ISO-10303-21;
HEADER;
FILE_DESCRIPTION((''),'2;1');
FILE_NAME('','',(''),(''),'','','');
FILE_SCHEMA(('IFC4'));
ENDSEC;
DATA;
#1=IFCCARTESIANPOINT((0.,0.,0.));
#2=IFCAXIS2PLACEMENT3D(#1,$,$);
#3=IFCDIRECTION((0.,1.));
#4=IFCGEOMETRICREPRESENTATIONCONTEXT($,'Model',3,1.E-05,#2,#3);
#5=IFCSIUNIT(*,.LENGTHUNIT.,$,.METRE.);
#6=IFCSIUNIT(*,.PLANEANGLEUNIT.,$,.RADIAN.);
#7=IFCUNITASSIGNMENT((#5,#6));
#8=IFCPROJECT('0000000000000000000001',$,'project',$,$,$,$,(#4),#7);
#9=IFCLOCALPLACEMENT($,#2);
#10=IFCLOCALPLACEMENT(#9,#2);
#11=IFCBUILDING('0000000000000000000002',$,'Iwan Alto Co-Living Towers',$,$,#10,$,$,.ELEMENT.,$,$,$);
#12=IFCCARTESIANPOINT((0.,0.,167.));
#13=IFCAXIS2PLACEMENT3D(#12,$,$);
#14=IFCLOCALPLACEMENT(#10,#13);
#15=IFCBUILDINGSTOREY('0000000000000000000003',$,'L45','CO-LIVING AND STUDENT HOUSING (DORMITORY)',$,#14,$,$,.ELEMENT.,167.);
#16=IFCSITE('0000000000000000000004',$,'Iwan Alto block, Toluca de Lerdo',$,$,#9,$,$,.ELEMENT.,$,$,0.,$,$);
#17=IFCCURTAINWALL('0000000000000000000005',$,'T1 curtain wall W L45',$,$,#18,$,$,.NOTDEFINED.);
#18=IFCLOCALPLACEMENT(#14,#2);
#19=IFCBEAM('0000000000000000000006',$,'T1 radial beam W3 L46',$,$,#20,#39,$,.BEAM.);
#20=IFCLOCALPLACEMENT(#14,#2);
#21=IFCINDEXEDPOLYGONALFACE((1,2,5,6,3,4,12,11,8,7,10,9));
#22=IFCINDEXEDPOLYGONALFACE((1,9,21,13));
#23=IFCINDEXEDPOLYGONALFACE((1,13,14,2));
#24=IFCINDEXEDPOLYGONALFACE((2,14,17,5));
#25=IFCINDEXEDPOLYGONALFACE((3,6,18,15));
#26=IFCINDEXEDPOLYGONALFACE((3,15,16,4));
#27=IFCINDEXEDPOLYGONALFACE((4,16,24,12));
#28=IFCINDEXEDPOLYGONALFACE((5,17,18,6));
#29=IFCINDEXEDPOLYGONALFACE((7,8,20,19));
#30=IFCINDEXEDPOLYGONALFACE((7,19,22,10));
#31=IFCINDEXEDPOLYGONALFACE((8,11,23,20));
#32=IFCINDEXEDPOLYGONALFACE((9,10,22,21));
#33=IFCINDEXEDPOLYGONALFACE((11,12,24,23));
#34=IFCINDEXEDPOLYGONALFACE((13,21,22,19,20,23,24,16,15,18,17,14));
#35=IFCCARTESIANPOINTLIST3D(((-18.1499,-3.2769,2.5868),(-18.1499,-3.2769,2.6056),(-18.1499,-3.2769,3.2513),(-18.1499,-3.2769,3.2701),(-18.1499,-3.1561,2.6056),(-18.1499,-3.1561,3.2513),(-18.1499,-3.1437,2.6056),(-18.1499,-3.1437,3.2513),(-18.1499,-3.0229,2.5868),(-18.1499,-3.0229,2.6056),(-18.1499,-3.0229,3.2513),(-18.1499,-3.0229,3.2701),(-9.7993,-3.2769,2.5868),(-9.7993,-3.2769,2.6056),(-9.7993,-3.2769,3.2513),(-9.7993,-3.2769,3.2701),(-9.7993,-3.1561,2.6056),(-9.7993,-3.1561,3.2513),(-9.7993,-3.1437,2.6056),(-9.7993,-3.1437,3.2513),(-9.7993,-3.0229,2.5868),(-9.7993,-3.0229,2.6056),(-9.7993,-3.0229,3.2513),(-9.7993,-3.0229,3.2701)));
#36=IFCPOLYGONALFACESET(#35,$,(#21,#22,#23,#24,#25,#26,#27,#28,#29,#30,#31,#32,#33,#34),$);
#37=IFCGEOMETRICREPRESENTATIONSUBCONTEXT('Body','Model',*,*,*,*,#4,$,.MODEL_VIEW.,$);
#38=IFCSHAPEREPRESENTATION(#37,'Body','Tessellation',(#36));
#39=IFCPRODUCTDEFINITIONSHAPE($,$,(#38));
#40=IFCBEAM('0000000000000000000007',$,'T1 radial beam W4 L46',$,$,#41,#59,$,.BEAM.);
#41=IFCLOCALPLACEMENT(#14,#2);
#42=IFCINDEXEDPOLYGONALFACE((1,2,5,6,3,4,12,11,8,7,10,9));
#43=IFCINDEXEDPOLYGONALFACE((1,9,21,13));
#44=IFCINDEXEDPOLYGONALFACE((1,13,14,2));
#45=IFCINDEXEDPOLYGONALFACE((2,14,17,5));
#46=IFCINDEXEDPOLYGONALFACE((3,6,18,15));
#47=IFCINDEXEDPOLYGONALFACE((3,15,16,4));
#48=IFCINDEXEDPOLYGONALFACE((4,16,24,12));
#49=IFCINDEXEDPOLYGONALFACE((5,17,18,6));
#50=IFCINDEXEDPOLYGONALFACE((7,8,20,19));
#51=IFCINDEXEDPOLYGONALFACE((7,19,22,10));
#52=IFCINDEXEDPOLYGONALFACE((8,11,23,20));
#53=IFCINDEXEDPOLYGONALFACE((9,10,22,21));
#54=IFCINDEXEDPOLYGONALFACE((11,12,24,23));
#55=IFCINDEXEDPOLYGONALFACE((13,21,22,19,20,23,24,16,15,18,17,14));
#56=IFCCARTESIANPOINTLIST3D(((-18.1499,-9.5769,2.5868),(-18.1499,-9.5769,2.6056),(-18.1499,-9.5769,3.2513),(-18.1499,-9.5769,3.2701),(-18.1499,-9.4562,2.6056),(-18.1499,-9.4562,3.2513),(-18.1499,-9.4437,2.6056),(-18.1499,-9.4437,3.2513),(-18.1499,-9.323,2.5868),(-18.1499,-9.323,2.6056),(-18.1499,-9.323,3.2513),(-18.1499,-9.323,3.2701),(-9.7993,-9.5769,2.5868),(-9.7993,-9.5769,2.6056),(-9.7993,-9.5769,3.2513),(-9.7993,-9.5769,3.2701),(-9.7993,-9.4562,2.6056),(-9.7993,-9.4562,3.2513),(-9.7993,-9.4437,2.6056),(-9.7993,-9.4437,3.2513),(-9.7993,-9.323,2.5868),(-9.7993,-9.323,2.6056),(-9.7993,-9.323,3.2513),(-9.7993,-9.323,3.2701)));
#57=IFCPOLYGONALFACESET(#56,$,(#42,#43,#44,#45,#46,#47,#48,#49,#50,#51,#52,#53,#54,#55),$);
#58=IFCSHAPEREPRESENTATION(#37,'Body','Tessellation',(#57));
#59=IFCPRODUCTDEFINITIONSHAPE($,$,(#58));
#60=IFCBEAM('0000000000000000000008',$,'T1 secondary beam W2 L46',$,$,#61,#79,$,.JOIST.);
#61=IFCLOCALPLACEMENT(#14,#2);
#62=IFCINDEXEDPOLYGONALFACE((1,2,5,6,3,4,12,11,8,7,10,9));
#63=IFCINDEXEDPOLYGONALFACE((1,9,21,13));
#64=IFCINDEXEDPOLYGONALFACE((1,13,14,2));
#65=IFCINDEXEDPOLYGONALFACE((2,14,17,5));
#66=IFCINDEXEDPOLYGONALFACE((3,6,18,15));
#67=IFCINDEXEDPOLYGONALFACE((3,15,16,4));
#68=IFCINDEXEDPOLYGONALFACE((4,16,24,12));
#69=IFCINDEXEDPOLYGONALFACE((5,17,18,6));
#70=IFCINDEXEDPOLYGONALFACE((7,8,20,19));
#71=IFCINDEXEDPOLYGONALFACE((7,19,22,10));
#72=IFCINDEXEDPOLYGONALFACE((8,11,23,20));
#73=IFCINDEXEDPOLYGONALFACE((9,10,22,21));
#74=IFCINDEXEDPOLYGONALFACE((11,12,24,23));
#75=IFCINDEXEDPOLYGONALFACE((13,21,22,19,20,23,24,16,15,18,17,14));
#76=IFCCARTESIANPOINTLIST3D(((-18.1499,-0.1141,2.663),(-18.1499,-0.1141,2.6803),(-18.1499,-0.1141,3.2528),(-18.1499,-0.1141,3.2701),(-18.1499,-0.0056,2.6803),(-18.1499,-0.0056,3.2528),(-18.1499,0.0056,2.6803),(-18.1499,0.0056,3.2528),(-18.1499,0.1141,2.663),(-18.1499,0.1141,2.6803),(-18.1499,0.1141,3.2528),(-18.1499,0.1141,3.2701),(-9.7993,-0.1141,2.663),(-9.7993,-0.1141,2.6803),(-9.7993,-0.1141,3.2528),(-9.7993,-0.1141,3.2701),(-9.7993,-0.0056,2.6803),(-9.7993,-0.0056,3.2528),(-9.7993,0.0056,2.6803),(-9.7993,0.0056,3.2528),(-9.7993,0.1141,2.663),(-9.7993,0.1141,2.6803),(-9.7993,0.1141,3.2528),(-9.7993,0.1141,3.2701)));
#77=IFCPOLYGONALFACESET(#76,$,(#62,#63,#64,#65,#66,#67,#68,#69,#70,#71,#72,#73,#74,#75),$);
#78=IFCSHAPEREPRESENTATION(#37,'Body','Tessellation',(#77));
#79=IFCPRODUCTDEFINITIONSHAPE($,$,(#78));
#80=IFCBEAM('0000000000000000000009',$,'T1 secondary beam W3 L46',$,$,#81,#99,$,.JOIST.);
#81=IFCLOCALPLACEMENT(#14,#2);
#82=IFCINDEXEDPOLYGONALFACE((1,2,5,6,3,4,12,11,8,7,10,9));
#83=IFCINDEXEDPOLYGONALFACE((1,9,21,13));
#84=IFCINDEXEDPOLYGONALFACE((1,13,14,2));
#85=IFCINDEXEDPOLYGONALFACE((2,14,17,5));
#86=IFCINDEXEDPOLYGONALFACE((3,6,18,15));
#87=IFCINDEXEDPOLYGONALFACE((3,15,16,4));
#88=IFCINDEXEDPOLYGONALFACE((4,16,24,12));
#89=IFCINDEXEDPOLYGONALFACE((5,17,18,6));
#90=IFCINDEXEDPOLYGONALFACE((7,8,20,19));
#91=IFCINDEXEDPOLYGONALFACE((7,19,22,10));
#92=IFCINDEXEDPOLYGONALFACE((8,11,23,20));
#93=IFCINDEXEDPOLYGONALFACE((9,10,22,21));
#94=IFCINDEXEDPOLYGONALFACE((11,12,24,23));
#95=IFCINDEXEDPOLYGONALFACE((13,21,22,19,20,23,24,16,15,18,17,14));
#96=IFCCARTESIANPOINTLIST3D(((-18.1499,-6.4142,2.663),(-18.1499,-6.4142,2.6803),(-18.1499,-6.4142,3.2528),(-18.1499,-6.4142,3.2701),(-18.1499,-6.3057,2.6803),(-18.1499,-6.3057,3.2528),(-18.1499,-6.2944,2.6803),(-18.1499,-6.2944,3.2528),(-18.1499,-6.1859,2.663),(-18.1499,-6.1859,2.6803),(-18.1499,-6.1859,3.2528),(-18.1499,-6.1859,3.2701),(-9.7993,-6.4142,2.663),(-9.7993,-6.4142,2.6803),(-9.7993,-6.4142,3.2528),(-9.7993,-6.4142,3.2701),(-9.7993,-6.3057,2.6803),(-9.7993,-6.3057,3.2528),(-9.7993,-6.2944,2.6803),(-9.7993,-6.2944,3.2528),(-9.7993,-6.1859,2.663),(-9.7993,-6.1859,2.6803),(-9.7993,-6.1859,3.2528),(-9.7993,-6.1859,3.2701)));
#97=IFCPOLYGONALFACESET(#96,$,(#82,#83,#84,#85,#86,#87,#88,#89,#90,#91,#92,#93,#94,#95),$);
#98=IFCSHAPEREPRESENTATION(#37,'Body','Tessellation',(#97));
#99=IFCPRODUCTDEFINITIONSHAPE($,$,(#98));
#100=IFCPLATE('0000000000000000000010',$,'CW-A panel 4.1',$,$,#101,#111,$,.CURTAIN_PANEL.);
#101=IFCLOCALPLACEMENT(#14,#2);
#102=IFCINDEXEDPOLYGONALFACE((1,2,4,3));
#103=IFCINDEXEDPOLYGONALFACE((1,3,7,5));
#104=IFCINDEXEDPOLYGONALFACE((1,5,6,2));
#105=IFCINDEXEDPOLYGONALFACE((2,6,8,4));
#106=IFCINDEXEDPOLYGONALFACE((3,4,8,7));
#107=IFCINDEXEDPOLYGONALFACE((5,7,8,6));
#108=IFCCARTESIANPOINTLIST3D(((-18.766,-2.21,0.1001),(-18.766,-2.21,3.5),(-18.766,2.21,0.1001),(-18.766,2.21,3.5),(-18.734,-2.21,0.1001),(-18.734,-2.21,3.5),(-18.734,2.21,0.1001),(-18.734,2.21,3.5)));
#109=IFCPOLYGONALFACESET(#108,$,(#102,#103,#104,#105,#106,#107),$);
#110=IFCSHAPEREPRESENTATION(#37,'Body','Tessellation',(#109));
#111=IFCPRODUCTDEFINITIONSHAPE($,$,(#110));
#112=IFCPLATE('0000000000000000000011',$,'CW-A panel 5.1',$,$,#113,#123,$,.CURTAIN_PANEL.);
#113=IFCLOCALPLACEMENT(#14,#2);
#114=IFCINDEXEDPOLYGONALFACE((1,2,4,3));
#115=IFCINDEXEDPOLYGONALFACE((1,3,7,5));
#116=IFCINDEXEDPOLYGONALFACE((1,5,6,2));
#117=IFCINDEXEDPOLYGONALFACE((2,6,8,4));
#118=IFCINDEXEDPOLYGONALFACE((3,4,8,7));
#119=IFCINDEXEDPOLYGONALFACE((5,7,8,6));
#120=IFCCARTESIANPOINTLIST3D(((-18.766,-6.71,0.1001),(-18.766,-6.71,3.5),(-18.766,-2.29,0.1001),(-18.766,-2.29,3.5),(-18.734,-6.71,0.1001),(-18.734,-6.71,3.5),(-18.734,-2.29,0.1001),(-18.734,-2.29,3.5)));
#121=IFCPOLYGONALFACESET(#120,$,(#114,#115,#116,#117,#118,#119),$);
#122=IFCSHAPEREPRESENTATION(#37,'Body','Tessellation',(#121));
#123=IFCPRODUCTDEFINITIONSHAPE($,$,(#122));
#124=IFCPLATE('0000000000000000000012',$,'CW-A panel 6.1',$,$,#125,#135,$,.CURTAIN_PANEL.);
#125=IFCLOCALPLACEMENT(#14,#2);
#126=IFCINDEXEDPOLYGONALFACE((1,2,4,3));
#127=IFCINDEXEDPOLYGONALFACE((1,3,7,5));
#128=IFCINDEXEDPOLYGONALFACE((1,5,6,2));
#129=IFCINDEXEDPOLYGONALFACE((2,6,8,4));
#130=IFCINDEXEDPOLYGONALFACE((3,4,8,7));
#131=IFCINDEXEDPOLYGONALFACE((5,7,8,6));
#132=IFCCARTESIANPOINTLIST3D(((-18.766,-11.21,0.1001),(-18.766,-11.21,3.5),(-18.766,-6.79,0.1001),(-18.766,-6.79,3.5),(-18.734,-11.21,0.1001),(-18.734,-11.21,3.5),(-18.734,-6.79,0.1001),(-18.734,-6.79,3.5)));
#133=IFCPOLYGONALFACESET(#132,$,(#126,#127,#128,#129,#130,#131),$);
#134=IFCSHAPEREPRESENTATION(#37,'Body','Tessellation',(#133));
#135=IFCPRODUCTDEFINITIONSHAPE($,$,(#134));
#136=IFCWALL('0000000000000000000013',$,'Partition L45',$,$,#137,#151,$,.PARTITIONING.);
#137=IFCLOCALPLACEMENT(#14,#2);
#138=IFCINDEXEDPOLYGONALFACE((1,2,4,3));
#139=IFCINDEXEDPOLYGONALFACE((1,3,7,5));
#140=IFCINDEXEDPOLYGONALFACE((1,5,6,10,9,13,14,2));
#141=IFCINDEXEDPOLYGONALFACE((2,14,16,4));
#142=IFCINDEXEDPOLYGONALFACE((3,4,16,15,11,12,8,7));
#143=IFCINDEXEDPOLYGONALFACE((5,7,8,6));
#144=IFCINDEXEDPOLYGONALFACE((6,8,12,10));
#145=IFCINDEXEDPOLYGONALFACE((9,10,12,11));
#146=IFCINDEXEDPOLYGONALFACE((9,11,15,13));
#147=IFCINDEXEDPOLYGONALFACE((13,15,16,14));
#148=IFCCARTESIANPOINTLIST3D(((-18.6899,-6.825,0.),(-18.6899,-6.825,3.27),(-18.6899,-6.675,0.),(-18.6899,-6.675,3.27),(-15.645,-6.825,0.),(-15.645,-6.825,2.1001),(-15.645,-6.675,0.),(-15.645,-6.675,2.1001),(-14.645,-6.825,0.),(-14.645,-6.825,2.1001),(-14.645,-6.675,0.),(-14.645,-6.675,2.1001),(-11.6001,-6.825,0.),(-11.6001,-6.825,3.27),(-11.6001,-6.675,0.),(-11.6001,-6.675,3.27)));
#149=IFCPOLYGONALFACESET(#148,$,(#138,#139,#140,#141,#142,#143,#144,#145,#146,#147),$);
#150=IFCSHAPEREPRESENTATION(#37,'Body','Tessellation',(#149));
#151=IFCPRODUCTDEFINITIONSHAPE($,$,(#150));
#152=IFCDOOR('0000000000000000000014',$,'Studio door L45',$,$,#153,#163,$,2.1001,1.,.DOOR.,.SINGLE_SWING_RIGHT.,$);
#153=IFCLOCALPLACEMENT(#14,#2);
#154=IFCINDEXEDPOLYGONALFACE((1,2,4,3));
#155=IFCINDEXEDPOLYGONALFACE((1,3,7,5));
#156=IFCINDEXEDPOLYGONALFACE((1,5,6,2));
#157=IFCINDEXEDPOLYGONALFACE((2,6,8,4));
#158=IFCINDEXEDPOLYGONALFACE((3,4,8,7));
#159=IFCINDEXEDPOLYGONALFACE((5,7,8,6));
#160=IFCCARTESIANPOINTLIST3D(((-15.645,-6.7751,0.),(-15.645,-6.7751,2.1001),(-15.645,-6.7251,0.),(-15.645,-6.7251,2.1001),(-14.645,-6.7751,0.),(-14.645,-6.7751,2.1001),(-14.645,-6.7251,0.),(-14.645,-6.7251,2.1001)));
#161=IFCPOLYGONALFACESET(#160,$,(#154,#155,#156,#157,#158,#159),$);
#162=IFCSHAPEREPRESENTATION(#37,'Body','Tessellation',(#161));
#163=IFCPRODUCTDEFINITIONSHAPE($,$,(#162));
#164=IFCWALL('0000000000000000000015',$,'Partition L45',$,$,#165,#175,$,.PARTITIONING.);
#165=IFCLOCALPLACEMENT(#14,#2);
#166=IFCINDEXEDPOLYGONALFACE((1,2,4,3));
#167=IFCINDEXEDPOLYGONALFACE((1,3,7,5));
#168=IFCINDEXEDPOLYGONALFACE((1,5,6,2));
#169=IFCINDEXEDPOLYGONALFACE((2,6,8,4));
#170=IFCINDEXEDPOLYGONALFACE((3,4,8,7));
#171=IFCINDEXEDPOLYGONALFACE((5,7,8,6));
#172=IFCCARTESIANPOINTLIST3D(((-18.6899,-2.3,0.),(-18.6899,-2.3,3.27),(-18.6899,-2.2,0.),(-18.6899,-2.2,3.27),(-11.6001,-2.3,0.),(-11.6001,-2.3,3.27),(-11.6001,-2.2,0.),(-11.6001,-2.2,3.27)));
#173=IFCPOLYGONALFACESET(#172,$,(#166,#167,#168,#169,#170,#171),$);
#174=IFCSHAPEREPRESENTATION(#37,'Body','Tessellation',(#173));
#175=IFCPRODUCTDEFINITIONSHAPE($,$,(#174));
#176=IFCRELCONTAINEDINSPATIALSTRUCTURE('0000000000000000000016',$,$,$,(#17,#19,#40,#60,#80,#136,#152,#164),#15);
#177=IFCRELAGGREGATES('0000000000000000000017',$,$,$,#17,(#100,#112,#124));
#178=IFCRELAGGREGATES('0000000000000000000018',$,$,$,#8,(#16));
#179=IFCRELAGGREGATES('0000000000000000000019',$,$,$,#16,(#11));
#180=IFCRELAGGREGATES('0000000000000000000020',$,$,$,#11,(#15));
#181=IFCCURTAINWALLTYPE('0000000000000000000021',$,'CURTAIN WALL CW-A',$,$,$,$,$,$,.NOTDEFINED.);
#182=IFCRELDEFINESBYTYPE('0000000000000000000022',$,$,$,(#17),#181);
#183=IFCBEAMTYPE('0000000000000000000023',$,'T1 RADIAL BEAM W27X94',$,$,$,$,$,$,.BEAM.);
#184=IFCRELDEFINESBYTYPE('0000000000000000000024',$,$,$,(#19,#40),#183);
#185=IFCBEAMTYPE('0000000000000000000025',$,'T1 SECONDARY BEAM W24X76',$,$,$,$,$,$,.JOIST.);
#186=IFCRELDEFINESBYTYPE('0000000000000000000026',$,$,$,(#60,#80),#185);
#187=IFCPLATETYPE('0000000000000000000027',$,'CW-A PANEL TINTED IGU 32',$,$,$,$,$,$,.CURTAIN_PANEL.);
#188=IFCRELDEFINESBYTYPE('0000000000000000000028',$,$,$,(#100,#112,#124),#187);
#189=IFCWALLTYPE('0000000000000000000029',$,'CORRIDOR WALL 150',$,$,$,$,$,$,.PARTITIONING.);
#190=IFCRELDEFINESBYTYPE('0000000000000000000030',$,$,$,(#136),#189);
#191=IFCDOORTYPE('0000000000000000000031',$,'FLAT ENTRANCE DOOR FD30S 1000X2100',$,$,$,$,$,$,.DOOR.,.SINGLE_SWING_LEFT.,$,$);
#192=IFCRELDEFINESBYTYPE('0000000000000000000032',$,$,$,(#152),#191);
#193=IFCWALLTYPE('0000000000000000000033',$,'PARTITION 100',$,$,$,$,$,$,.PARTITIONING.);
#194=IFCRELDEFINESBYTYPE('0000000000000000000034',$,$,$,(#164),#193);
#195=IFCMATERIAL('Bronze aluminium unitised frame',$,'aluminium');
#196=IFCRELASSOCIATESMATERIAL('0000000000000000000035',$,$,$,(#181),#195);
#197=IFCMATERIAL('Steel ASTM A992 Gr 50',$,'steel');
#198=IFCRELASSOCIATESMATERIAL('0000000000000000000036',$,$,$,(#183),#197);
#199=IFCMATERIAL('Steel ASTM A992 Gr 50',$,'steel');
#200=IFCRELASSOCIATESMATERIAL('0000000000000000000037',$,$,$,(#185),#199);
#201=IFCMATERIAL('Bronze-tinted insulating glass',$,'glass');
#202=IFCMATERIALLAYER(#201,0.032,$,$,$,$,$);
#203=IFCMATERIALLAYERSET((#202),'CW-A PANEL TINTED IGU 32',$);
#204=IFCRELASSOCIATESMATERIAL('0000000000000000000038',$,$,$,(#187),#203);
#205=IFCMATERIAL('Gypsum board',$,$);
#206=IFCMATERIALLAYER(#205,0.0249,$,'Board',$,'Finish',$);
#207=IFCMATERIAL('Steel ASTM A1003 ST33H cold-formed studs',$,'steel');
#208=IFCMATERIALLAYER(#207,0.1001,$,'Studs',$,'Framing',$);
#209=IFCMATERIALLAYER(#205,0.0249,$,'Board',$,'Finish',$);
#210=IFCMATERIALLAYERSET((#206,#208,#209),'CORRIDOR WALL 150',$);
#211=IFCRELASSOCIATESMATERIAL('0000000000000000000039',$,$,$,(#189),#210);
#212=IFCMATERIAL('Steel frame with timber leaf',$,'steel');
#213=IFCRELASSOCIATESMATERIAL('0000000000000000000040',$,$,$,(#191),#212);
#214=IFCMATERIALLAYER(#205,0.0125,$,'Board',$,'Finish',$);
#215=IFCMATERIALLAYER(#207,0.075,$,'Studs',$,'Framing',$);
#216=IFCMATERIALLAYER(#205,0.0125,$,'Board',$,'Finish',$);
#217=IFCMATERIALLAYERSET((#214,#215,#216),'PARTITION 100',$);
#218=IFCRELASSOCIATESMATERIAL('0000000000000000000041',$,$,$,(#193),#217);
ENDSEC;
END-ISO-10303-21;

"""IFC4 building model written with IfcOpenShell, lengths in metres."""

from ifc_helpers import new_model, si_unit, direction, frame, frame_2d, origin, origin_2d, place, context, subcontext, project, spatial, rectangle, i_section, extrude, material, layer, layer_set, material_profile, profile_set, type_object, element, fill, aggregate, save


model = new_model("IFC4")

# Units and contexts
model_context = context("Model", 3, precision=1e-05, world=origin(), true_north=direction((0.0, 1.0)))
body_context = subcontext(model_context, "Body", "Model", "MODEL_VIEW")
ifc_project = project(units=[si_unit("LENGTHUNIT", "METRE"), si_unit("PLANEANGLEUNIT", "RADIAN")], contexts=[model_context])

# Site, building, storey
site_placement = place(None, origin())
site = spatial("IfcSite", under=ifc_project, at=site_placement, Name="Iwan Alto block, Toluca de Lerdo", CompositionType="ELEMENT", RefElevation=0.0)
building_placement = place(site_placement, origin())
building = spatial("IfcBuilding", under=site, at=building_placement, Name="Iwan Alto Co-Living Towers", CompositionType="ELEMENT")
storey_placement = place(building_placement, frame((0.0, 0.0, 167.0)))
storey = spatial("IfcBuildingStorey", under=building, at=storey_placement, Name="L45", Description="CO-LIVING AND STUDENT HOUSING (DORMITORY)", CompositionType="ELEMENT", Elevation=167.0)

# Curtain wall
ifc_material_1 = material(Name="Bronze aluminium unitised frame", Category="aluminium")
curtain_wall_type = type_object("IfcCurtainWallType", Name="CURTAIN WALL CW-A", PredefinedType="NOTDEFINED", material=ifc_material_1)
curtain_wall_placement = place(storey_placement, origin())
curtain_wall = element("IfcCurtainWall", 1, at=curtain_wall_placement, inside=storey, type_object=curtain_wall_type, Name="T1 curtain wall W L45", PredefinedType="NOTDEFINED")

# Beams
ifc_material_2 = material(Name="Steel ASTM A992 Gr 50", Category="steel")
ifc_material_profile_1 = material_profile(ifc_material_2, i_section(OverallWidth=0.2539, OverallDepth=0.6833, WebThickness=0.0125, FlangeThickness=0.0188, at=origin_2d()), Name="W27X94")
ifc_profile_set_1 = profile_set([ifc_material_profile_1], Name="Steel ASTM A992 Gr 50")
beam_type_1 = type_object("IfcBeamType", Name="T1 RADIAL BEAM W27X94", PredefinedType="BEAM", material=ifc_profile_set_1)
for number, where, z_axis, x_axis, name in (
    (2, (-18.1499, -3.1499, 2.9285), (1.0, 0.0, 0.0), (0.0, 1.0, 0.0), "T1 radial beam W3 L46"),
    (3, (-18.1499, -9.45, 2.9285), (1.0, 0.0, 0.0), (0.0, 1.0, 0.0), "T1 radial beam W4 L46"),
):
    element("IfcBeam", number, at=place(storey_placement, frame(where, z_axis=z_axis, x_axis=x_axis)), inside=storey, type_object=beam_type_1, Name=name, PredefinedType="BEAM", context=body_context, shape_type="SweptSolid", body=[
        extrude(i_section(OverallWidth=0.2539, OverallDepth=0.6833, WebThickness=0.0125, FlangeThickness=0.0188, at=origin_2d()), origin(), (0.0, 0.0, 1.0), 8.3506),
    ])
ifc_material_3 = material(Name="Steel ASTM A992 Gr 50", Category="steel")
ifc_material_profile_2 = material_profile(ifc_material_3, i_section(OverallWidth=0.2283, OverallDepth=0.6072, WebThickness=0.0112, FlangeThickness=0.0173, at=origin_2d()), Name="W24X76")
ifc_profile_set_2 = profile_set([ifc_material_profile_2], Name="Steel ASTM A992 Gr 50")
beam_type_2 = type_object("IfcBeamType", Name="T1 SECONDARY BEAM W24X76", PredefinedType="JOIST", material=ifc_profile_set_2)
for number, where, z_axis, x_axis, name in (
    (4, (-18.1499, 0.0, 2.9666), (1.0, 0.0, 0.0), (0.0, 1.0, 0.0), "T1 secondary beam W2 L46"),
    (5, (-18.1499, -6.3, 2.9666), (1.0, 0.0, 0.0), (0.0, 1.0, 0.0), "T1 secondary beam W3 L46"),
):
    element("IfcBeam", number, at=place(storey_placement, frame(where, z_axis=z_axis, x_axis=x_axis)), inside=storey, type_object=beam_type_2, Name=name, PredefinedType="JOIST", context=body_context, shape_type="SweptSolid", body=[
        extrude(i_section(OverallWidth=0.2283, OverallDepth=0.6072, WebThickness=0.0112, FlangeThickness=0.0173, at=origin_2d()), origin(), (0.0, 0.0, 1.0), 8.3506),
    ])

# Plates
ifc_material_4 = material(Name="Bronze-tinted insulating glass", Category="glass")
ifc_layer_1 = layer(ifc_material_4, 0.032)
ifc_layer_set_1 = layer_set([ifc_layer_1], Name="CW-A PANEL TINTED IGU 32")
plate_type = type_object("IfcPlateType", Name="CW-A PANEL TINTED IGU 32", PredefinedType="CURTAIN_PANEL", material=ifc_layer_set_1)
plate_1_placement = place(storey_placement, frame((-18.75, 0.0, 0.1001), z_axis=(0.0, 0.0, 1.0), x_axis=(0.0, -1.0, 0.0)))
plate_1 = element("IfcPlate", 6, at=plate_1_placement, type_object=plate_type, Name="CW-A panel 4.1", PredefinedType="CURTAIN_PANEL", context=body_context, shape_type="SweptSolid", body=[
    extrude(rectangle(XDim=4.4199, YDim=0.032, at=origin_2d()), origin(), (0.0, 0.0, 1.0), 3.3999),
])
plate_2_placement = place(storey_placement, frame((-18.75, -4.5, 0.1001), z_axis=(0.0, 0.0, 1.0), x_axis=(0.0, -1.0, 0.0)))
plate_2 = element("IfcPlate", 7, at=plate_2_placement, type_object=plate_type, Name="CW-A panel 5.1", PredefinedType="CURTAIN_PANEL", context=body_context, shape_type="SweptSolid", body=[
    extrude(rectangle(XDim=4.4199, YDim=0.032, at=origin_2d()), origin(), (0.0, 0.0, 1.0), 3.3999),
])
plate_3_placement = place(storey_placement, frame((-18.75, -9.0, 0.1001), z_axis=(0.0, 0.0, 1.0), x_axis=(0.0, -1.0, 0.0)))
plate_3 = element("IfcPlate", 8, at=plate_3_placement, type_object=plate_type, Name="CW-A panel 6.1", PredefinedType="CURTAIN_PANEL", context=body_context, shape_type="SweptSolid", body=[
    extrude(rectangle(XDim=4.4199, YDim=0.032, at=origin_2d()), origin(), (0.0, 0.0, 1.0), 3.3999),
])
aggregate(curtain_wall, [plate_1, plate_2, plate_3])

# Wall, opening, door
ifc_material_5 = material(Name="Gypsum board")
ifc_layer_2 = layer(ifc_material_5, 0.0249, Name="Board", Category="Finish")
ifc_material_6 = material(Name="Steel ASTM A1003 ST33H cold-formed studs", Category="steel")
ifc_layer_3 = layer(ifc_material_6, 0.1001, Name="Studs", Category="Framing")
ifc_layer_4 = layer(ifc_material_5, 0.0249, Name="Board", Category="Finish")
ifc_layer_set_2 = layer_set([ifc_layer_2, ifc_layer_3, ifc_layer_4], Name="CORRIDOR WALL 150")
wall_type_1 = type_object("IfcWallType", Name="CORRIDOR WALL 150", PredefinedType="PARTITIONING", material=ifc_layer_set_2)
wall_1_placement = place(storey_placement, frame((-18.6899, -6.75, 0.0), z_axis=(0.0, 0.0, 1.0), x_axis=(1.0, 0.0, 0.0)))
wall_1 = element("IfcWall", 9, at=wall_1_placement, inside=storey, type_object=wall_type_1, Name="Partition L45", PredefinedType="PARTITIONING", context=body_context, shape_type="SweptSolid", body=[
    extrude(rectangle(XDim=7.0898, YDim=0.1499, at=frame_2d((3.5449, 0.0))), origin(), (0.0, 0.0, 1.0), 3.27),
])
opening_placement = place(wall_1_placement, frame((3.0449, 0.0, 0.0)))
opening = element("IfcOpeningElement", 10, at=opening_placement, cuts=wall_1, PredefinedType="OPENING", context=body_context, shape_type="SweptSolid", body=[
    extrude(rectangle(XDim=1.0, YDim=2.1001, at=frame_2d((0.5, 1.05))), frame((0.0, 0.085, 0.0), z_axis=(0.0, -1.0, 0.0), x_axis=(1.0, 0.0, 0.0)), (0.0, 0.0, 1.0), 0.1699),
])
ifc_material_7 = material(Name="Steel frame with timber leaf", Category="steel")
door_type = type_object("IfcDoorType", Name="FLAT ENTRANCE DOOR FD30S 1000X2100", OperationType="SINGLE_SWING_LEFT", PredefinedType="DOOR", material=ifc_material_7)
door_placement = place(opening_placement, origin())
door = element("IfcDoor", 11, at=door_placement, inside=storey, type_object=door_type, Name="Studio door L45", OperationType="SINGLE_SWING_RIGHT", OverallHeight=2.1001, OverallWidth=1.0, PredefinedType="DOOR", context=body_context, shape_type="SweptSolid", body=[
    extrude(rectangle(XDim=1.0, YDim=2.1001, at=frame_2d((0.5, 1.05))), frame((0.0, 0.0249, 0.0), z_axis=(0.0, -1.0, 0.0), x_axis=(1.0, 0.0, 0.0)), (0.0, 0.0, 1.0), 0.05),
])
fill(opening, door)

# Wall
ifc_layer_5 = layer(ifc_material_5, 0.0125, Name="Board", Category="Finish")
ifc_layer_6 = layer(ifc_material_6, 0.075, Name="Studs", Category="Framing")
ifc_layer_7 = layer(ifc_material_5, 0.0125, Name="Board", Category="Finish")
ifc_layer_set_3 = layer_set([ifc_layer_5, ifc_layer_6, ifc_layer_7], Name="PARTITION 100")
wall_type_2 = type_object("IfcWallType", Name="PARTITION 100", PredefinedType="PARTITIONING", material=ifc_layer_set_3)
wall_2_placement = place(storey_placement, frame((-18.6899, -2.25, 0.0), z_axis=(0.0, 0.0, 1.0), x_axis=(1.0, 0.0, 0.0)))
element("IfcWall", 12, at=wall_2_placement, inside=storey, type_object=wall_type_2, Name="Partition L45", PredefinedType="PARTITIONING", context=body_context, shape_type="SweptSolid", body=[
    extrude(rectangle(XDim=7.0898, YDim=0.1001, at=frame_2d((3.5449, 0.0))), origin(), (0.0, 0.0, 1.0), 3.27),
])

save(model, "model.ifc")
